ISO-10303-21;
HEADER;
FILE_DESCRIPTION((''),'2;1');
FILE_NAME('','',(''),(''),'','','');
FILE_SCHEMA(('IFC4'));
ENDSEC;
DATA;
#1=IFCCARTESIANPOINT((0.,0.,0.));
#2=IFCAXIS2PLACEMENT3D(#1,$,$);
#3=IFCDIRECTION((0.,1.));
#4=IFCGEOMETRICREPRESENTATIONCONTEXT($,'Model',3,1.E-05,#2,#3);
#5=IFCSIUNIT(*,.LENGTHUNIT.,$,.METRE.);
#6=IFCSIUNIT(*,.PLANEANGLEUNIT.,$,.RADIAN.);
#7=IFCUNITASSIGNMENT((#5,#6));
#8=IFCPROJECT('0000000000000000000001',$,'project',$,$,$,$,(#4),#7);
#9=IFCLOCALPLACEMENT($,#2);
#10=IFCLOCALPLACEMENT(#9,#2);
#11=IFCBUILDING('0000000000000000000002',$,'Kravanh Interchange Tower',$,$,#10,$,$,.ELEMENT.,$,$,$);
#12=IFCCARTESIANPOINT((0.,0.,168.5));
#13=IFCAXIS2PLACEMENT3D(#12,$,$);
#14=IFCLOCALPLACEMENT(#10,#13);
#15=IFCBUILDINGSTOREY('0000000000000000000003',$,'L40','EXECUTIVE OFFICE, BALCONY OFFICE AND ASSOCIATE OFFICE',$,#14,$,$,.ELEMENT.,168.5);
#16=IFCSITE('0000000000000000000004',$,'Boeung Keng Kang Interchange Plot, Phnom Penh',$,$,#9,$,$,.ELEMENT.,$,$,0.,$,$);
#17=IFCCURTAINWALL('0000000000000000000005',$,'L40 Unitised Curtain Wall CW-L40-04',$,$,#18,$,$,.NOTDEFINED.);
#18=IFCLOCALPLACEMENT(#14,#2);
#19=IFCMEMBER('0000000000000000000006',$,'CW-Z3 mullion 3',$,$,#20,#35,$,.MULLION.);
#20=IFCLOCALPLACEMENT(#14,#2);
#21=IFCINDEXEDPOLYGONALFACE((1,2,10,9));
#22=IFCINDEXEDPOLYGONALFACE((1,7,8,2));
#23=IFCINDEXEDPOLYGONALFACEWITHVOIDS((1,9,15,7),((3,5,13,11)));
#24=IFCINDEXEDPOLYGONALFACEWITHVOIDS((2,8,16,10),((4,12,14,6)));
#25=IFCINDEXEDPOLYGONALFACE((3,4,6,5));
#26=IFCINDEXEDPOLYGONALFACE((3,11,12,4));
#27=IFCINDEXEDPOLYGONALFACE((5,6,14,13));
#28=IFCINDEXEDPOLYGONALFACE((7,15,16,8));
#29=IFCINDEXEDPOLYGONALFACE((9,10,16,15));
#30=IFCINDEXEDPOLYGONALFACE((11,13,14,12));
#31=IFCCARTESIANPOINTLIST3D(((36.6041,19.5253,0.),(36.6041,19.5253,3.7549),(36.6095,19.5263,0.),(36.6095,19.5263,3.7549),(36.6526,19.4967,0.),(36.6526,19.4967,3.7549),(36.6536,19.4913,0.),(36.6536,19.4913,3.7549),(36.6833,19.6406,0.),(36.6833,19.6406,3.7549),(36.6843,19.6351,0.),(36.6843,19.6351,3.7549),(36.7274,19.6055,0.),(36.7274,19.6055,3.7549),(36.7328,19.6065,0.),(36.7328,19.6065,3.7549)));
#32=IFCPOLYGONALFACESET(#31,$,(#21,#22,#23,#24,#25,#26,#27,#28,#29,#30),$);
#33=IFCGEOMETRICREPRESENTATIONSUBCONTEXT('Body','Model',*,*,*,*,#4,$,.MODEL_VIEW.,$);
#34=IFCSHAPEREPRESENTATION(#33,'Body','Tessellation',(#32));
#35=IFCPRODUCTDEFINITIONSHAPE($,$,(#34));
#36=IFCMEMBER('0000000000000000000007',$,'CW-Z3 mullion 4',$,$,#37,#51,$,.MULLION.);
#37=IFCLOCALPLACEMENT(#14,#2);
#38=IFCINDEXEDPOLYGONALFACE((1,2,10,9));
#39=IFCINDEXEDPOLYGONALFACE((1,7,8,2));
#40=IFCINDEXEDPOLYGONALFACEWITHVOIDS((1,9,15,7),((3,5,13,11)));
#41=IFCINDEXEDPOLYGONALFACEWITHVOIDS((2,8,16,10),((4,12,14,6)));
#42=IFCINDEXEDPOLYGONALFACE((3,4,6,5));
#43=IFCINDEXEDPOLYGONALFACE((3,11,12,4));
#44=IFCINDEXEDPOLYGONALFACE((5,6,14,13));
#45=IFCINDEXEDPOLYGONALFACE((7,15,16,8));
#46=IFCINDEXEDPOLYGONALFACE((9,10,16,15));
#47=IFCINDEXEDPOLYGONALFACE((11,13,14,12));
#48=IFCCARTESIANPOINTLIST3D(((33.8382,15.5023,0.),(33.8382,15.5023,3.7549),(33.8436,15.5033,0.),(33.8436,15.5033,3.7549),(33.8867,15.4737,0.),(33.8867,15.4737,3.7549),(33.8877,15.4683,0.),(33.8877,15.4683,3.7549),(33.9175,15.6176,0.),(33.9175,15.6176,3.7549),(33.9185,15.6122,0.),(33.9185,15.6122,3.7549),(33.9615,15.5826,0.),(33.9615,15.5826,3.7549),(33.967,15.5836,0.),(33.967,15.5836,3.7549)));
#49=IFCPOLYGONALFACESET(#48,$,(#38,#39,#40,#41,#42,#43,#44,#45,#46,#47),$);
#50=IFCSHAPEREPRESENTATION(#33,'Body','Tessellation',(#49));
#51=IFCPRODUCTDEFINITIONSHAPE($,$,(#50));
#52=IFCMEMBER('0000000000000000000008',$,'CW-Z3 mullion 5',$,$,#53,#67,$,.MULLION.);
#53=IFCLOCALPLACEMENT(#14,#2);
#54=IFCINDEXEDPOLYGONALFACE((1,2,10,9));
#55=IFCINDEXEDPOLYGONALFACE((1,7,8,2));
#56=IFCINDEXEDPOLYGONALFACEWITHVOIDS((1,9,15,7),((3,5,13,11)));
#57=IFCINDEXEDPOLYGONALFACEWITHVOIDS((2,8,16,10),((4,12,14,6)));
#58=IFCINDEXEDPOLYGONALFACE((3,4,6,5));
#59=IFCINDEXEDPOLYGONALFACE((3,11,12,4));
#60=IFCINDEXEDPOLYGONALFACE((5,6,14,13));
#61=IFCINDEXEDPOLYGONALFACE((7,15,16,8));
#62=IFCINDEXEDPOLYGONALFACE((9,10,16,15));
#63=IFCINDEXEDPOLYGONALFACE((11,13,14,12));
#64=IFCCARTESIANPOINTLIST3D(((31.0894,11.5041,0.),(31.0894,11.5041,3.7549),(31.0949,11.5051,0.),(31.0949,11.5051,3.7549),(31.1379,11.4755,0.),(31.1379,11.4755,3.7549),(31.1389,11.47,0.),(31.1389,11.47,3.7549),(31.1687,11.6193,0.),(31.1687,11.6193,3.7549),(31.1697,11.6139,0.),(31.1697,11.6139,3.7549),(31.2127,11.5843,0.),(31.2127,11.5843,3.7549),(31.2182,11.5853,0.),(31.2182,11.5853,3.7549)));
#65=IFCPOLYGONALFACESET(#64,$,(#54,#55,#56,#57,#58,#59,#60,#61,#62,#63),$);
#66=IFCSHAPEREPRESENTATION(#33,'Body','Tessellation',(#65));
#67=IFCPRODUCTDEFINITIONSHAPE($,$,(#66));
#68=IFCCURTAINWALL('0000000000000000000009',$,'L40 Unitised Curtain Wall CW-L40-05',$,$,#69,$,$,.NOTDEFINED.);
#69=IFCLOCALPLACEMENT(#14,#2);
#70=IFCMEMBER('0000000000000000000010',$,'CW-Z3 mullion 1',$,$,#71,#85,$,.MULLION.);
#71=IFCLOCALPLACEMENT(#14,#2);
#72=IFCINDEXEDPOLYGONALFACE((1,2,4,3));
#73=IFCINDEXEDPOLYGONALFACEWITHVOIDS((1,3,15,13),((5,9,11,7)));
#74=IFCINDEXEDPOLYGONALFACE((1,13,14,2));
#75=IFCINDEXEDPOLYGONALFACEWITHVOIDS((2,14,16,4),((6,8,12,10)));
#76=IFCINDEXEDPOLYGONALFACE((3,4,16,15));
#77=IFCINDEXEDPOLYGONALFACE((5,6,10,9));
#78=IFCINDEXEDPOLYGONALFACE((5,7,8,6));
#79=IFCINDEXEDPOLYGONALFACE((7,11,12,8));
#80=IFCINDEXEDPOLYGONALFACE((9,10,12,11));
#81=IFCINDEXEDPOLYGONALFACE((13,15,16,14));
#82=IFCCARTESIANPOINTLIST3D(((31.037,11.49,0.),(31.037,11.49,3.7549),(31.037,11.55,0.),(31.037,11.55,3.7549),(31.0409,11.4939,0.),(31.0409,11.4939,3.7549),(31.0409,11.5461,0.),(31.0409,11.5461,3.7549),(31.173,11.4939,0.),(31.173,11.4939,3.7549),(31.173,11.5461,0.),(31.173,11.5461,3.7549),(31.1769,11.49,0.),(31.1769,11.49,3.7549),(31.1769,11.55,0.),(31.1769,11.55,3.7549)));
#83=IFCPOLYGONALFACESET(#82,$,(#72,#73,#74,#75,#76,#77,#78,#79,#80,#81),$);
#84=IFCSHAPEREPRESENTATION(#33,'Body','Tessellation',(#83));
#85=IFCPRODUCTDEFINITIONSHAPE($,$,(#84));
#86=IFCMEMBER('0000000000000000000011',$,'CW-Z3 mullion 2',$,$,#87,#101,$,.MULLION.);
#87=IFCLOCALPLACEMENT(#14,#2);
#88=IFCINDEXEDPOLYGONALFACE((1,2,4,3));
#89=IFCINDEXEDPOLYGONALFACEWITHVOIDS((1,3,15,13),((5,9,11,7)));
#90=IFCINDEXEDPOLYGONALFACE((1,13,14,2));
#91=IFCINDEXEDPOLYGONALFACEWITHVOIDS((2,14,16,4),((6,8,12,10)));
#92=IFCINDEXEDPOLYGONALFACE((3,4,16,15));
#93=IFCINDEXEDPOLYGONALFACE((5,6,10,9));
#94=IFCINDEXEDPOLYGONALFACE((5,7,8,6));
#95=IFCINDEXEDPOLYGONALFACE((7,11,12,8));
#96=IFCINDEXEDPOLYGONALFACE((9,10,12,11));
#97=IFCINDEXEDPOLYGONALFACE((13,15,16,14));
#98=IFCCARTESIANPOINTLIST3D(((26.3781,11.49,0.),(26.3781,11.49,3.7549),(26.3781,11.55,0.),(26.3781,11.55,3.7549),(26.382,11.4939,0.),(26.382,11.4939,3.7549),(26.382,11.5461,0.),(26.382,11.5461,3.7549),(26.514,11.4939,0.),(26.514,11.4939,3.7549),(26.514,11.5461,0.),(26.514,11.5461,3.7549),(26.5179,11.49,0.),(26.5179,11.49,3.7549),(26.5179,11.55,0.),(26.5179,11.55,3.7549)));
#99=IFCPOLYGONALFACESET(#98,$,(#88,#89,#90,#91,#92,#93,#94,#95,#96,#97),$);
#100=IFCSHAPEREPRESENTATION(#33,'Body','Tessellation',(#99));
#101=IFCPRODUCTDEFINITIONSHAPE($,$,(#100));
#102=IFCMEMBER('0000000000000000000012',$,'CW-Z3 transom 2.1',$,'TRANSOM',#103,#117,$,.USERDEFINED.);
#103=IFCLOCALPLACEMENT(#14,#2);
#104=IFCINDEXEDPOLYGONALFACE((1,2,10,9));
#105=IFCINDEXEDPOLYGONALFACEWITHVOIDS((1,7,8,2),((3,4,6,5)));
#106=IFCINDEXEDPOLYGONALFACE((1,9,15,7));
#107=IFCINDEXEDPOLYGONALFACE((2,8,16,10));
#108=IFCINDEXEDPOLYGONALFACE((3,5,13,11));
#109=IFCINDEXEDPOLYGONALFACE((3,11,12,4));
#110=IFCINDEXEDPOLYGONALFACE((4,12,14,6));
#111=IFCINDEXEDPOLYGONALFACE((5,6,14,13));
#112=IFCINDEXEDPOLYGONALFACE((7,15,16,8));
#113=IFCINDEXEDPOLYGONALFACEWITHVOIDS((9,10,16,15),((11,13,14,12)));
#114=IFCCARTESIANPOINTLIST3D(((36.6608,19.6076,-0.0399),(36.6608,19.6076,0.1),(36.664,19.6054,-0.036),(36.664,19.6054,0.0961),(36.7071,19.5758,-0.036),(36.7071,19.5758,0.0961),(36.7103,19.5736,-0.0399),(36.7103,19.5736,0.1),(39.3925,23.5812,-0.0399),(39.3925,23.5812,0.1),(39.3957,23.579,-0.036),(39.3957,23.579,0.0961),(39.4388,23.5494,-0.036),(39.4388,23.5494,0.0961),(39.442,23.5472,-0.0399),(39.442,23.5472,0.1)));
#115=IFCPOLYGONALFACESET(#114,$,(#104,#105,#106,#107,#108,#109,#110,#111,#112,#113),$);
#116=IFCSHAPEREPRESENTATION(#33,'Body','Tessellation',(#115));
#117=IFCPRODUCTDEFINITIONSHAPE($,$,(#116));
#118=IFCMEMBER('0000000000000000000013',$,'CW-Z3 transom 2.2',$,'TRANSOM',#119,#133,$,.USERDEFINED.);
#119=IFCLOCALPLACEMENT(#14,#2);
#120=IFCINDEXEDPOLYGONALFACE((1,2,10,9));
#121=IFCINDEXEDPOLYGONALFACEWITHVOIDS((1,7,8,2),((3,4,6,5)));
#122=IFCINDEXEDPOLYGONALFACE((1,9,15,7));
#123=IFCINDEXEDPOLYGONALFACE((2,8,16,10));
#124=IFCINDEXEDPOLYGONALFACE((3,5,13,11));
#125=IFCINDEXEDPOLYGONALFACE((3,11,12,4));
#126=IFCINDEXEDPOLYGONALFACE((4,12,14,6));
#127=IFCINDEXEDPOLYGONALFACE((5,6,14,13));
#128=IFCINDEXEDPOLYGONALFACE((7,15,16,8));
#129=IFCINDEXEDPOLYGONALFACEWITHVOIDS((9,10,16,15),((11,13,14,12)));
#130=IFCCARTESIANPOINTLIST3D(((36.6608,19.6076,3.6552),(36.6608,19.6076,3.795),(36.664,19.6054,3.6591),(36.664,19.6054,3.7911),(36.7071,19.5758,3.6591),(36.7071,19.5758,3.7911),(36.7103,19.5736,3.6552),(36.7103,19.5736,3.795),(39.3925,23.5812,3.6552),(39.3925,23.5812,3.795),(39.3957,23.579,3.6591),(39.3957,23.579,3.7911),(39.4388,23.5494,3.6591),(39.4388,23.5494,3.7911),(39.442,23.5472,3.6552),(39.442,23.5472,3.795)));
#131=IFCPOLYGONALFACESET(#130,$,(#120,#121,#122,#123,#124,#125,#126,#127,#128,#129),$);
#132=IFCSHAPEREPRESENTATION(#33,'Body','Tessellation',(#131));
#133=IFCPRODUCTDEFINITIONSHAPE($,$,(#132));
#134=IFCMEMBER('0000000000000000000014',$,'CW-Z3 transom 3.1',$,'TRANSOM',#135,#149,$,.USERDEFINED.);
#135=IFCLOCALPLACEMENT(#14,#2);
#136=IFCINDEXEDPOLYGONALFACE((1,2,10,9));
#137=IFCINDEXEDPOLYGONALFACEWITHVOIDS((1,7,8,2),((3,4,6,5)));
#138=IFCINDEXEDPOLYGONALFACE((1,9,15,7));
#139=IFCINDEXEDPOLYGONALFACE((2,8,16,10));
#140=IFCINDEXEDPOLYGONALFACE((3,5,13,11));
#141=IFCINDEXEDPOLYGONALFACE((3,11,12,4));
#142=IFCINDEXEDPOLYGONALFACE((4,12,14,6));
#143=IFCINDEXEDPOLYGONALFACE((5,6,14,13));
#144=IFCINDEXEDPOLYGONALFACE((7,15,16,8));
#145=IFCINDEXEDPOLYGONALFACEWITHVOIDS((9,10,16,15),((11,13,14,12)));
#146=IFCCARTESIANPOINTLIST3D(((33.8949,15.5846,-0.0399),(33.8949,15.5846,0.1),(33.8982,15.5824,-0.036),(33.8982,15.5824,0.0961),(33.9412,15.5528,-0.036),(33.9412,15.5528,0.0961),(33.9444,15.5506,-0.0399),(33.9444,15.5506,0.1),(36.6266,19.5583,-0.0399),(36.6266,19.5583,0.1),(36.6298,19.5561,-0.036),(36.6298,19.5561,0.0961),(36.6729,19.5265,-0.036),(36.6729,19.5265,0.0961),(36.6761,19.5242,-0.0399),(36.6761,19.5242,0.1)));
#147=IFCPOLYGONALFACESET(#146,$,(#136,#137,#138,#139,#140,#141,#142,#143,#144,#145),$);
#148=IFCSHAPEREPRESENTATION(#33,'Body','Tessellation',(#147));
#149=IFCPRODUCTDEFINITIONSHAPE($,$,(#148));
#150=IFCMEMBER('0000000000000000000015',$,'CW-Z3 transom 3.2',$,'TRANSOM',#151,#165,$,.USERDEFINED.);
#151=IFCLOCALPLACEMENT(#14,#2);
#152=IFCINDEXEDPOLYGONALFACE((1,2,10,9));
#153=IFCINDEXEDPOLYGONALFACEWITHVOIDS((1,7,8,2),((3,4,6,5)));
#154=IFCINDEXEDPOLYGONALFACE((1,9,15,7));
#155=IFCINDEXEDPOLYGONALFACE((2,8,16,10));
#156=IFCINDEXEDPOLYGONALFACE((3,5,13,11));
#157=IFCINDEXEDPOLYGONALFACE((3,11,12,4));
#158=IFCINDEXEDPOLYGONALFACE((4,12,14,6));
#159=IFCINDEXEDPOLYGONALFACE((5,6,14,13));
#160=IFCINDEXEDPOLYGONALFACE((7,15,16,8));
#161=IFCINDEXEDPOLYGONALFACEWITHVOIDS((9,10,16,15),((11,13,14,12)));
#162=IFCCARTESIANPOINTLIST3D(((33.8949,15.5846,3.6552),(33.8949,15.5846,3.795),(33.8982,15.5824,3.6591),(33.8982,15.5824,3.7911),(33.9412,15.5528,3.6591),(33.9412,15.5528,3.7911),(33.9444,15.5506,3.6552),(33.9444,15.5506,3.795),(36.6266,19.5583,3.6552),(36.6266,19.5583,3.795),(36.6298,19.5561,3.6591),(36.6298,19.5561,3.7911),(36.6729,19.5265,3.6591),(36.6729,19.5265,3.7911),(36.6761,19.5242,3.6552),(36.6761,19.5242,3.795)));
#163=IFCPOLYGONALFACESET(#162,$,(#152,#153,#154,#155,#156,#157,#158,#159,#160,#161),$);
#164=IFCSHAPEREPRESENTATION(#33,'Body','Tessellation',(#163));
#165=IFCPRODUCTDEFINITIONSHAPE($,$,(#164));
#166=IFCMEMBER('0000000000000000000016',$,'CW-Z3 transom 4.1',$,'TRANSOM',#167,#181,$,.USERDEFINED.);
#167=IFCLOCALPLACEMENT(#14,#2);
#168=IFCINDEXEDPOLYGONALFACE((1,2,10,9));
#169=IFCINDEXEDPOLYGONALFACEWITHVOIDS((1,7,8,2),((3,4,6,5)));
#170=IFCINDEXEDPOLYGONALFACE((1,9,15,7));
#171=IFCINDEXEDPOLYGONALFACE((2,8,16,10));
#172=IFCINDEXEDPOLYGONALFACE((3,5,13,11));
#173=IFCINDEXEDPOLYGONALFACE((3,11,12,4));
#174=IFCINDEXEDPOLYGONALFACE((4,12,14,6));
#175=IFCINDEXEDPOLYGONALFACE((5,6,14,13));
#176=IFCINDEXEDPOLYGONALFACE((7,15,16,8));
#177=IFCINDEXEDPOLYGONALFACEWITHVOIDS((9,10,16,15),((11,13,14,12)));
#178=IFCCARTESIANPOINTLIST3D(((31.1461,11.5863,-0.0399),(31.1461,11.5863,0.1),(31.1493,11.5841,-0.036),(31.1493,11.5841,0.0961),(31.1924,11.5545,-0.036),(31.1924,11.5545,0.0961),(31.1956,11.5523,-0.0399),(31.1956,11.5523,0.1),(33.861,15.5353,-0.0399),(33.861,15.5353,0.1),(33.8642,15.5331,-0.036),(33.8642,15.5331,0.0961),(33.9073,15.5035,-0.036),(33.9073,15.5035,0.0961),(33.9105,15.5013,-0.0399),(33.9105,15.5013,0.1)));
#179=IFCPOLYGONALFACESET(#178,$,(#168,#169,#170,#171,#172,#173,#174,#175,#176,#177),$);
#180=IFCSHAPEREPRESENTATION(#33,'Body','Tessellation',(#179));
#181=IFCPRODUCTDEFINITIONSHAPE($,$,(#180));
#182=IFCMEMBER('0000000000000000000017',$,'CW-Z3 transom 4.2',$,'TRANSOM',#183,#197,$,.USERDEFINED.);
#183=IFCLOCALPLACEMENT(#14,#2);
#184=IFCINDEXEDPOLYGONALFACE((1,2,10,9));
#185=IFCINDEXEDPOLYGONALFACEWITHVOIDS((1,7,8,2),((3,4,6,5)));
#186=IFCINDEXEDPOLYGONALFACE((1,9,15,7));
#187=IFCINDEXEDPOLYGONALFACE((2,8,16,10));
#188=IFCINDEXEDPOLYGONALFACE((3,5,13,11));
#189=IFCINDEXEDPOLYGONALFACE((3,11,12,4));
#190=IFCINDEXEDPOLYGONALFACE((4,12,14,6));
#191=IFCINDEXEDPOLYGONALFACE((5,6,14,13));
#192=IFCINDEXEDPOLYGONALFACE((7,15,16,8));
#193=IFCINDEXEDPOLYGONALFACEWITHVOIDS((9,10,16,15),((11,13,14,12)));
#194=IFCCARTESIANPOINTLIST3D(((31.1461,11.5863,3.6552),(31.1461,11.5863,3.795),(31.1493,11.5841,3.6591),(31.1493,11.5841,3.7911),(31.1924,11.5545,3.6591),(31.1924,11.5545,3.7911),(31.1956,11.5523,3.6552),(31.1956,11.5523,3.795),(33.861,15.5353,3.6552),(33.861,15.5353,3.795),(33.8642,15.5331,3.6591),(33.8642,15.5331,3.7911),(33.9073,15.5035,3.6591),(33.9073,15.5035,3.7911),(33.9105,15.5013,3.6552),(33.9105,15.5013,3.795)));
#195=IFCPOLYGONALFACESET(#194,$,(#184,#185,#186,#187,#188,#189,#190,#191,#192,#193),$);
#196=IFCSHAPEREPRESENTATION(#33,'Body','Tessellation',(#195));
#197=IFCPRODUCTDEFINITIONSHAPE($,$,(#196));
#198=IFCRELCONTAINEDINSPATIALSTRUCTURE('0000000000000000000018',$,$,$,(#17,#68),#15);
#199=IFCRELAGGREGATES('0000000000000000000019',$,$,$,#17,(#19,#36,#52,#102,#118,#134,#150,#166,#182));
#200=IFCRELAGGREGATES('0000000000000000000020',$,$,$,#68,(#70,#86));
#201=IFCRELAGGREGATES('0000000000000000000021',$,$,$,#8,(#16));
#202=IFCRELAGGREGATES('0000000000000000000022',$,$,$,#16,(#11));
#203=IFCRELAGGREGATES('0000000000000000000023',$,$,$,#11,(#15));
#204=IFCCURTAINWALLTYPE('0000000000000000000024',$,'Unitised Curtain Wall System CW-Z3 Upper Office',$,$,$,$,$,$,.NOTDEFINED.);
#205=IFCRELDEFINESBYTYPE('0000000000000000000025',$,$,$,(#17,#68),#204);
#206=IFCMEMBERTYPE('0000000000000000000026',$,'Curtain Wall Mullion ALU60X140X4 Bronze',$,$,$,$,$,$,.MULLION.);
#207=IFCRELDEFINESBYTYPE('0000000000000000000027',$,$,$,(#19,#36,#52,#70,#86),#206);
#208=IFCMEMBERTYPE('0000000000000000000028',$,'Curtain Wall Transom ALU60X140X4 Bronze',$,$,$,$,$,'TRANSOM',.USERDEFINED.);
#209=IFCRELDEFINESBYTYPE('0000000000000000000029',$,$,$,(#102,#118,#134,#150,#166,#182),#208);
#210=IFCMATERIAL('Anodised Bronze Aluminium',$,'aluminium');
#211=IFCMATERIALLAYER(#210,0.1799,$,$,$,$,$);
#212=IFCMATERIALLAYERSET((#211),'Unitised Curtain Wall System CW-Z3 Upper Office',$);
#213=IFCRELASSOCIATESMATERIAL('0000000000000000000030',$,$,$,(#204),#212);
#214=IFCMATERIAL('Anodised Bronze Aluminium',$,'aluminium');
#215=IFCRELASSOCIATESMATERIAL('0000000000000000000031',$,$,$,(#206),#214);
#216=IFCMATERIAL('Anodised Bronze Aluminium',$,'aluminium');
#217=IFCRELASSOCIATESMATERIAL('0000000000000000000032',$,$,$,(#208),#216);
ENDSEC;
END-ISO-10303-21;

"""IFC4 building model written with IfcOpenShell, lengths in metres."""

from ifc_helpers import new_model, si_unit, direction, frame, origin, origin_2d, place, context, subcontext, project, spatial, hollow_rectangle, extrude, material, layer, layer_set, material_profile, profile_set, type_object, element, aggregate, save


model = new_model("IFC4")

# Units and contexts
model_context = context("Model", 3, precision=1e-05, world=origin(), true_north=direction((0.0, 1.0)))
body_context = subcontext(model_context, "Body", "Model", "MODEL_VIEW")
ifc_project = project(units=[si_unit("LENGTHUNIT", "METRE"), si_unit("PLANEANGLEUNIT", "RADIAN")], contexts=[model_context])

# Site, building, storey
site_placement = place(None, origin())
site = spatial("IfcSite", under=ifc_project, at=site_placement, Name="Boeung Keng Kang Interchange Plot, Phnom Penh", CompositionType="ELEMENT", RefElevation=0.0)
building_placement = place(site_placement, origin())
building = spatial("IfcBuilding", under=site, at=building_placement, Name="Kravanh Interchange Tower", CompositionType="ELEMENT")
storey_placement = place(building_placement, frame((0.0, 0.0, 168.5)))
storey = spatial("IfcBuildingStorey", under=building, at=storey_placement, Name="L40", Description="EXECUTIVE OFFICE, BALCONY OFFICE AND ASSOCIATE OFFICE", CompositionType="ELEMENT", Elevation=168.5)

# Curtain walls, members
ifc_material_1 = material(Name="Anodised Bronze Aluminium", Category="aluminium")
ifc_layer_1 = layer(ifc_material_1, 0.1799)
ifc_layer_set_1 = layer_set([ifc_layer_1], Name="Unitised Curtain Wall System CW-Z3 Upper Office")
curtain_wall_type = type_object("IfcCurtainWallType", Name="Unitised Curtain Wall System CW-Z3 Upper Office", PredefinedType="NOTDEFINED", material=ifc_layer_set_1)
curtain_wall_1_placement = place(storey_placement, origin())
curtain_wall_1 = element("IfcCurtainWall", 1, at=curtain_wall_1_placement, inside=storey, type_object=curtain_wall_type, Name="L40 Unitised Curtain Wall CW-L40-04", PredefinedType="NOTDEFINED")
ifc_material_2 = material(Name="Anodised Bronze Aluminium", Category="aluminium")
ifc_material_profile_1 = material_profile(ifc_material_2, hollow_rectangle(XDim=0.0601, YDim=0.1399, WallThickness=0.0039, at=origin_2d()), Name="ALU60X140X4")
ifc_profile_set_1 = profile_set([ifc_material_profile_1], Name="Anodised Bronze Aluminium")
member_type_1 = type_object("IfcMemberType", Name="Curtain Wall Mullion ALU60X140X4 Bronze", PredefinedType="MULLION", material=ifc_profile_set_1)
member_1_placement = place(storey_placement, frame((36.6685, 19.5659, 0.0), z_axis=(0.0, 0.0, 1.0), x_axis=(0.824042, -0.566528, 0.0)))
member_1 = element("IfcMember", 2, at=member_1_placement, type_object=member_type_1, Name="CW-Z3 mullion 3", PredefinedType="MULLION", context=body_context, shape_type="SweptSolid", body=[
    extrude(hollow_rectangle(XDim=0.0601, YDim=0.1399, WallThickness=0.0039, at=origin_2d()), origin(), (0.0, 0.0, 1.0), 3.7549),
])
member_2_placement = place(storey_placement, frame((33.9026, 15.543, 0.0), z_axis=(0.0, 0.0, 1.0), x_axis=(0.824042, -0.566528, 0.0)))
member_2 = element("IfcMember", 3, at=member_2_placement, type_object=member_type_1, Name="CW-Z3 mullion 4", PredefinedType="MULLION", context=body_context, shape_type="SweptSolid", body=[
    extrude(hollow_rectangle(XDim=0.0601, YDim=0.1399, WallThickness=0.0039, at=origin_2d()), origin(), (0.0, 0.0, 1.0), 3.7549),
])
member_3_placement = place(storey_placement, frame((31.1538, 11.5447, 0.0), z_axis=(0.0, 0.0, 1.0), x_axis=(0.824042, -0.566528, 0.0)))
member_3 = element("IfcMember", 4, at=member_3_placement, type_object=member_type_1, Name="CW-Z3 mullion 5", PredefinedType="MULLION", context=body_context, shape_type="SweptSolid", body=[
    extrude(hollow_rectangle(XDim=0.0601, YDim=0.1399, WallThickness=0.0039, at=origin_2d()), origin(), (0.0, 0.0, 1.0), 3.7549),
])
curtain_wall_2_placement = place(storey_placement, origin())
curtain_wall_2 = element("IfcCurtainWall", 5, at=curtain_wall_2_placement, inside=storey, type_object=curtain_wall_type, Name="L40 Unitised Curtain Wall CW-L40-05", PredefinedType="NOTDEFINED")
member_4_placement = place(storey_placement, frame((31.1069, 11.52, 0.0), z_axis=(0.0, 0.0, 1.0), x_axis=(0.0, -1.0, 0.0)))
member_4 = element("IfcMember", 6, at=member_4_placement, type_object=member_type_1, Name="CW-Z3 mullion 1", PredefinedType="MULLION", context=body_context, shape_type="SweptSolid", body=[
    extrude(hollow_rectangle(XDim=0.0601, YDim=0.1399, WallThickness=0.0039, at=origin_2d()), origin(), (0.0, 0.0, 1.0), 3.7549),
])
member_5_placement = place(storey_placement, frame((26.448, 11.52, 0.0), z_axis=(0.0, 0.0, 1.0), x_axis=(0.0, -1.0, 0.0)))
member_5 = element("IfcMember", 7, at=member_5_placement, type_object=member_type_1, Name="CW-Z3 mullion 2", PredefinedType="MULLION", context=body_context, shape_type="SweptSolid", body=[
    extrude(hollow_rectangle(XDim=0.0601, YDim=0.1399, WallThickness=0.0039, at=origin_2d()), origin(), (0.0, 0.0, 1.0), 3.7549),
])

# Members
ifc_material_3 = material(Name="Anodised Bronze Aluminium", Category="aluminium")
ifc_material_profile_2 = material_profile(ifc_material_3, hollow_rectangle(XDim=0.0601, YDim=0.1399, WallThickness=0.0039, at=origin_2d()), Name="ALU60X140X4")
ifc_profile_set_2 = profile_set([ifc_material_profile_2], Name="Anodised Bronze Aluminium")
member_type_2 = type_object("IfcMemberType", Name="Curtain Wall Transom ALU60X140X4 Bronze", ElementType="TRANSOM", PredefinedType="USERDEFINED", material=ifc_profile_set_2)
member_6_placement = place(storey_placement, frame((39.4172, 23.5642, 0.03), z_axis=(-0.566503, -0.82406, 0.0), x_axis=(0.82406, -0.566503, 0.0)))
member_6 = element("IfcMember", 8, at=member_6_placement, type_object=member_type_2, Name="CW-Z3 transom 2.1", ObjectType="TRANSOM", PredefinedType="USERDEFINED", context=body_context, shape_type="SweptSolid", body=[
    extrude(hollow_rectangle(XDim=0.0601, YDim=0.1399, WallThickness=0.0039, at=origin_2d()), origin(), (0.0, 0.0, 1.0), 4.822),
])
member_7_placement = place(storey_placement, frame((39.4172, 23.5642, 3.7251), z_axis=(-0.566503, -0.82406, 0.0), x_axis=(0.82406, -0.566503, 0.0)))
member_7 = element("IfcMember", 9, at=member_7_placement, type_object=member_type_2, Name="CW-Z3 transom 2.2", ObjectType="TRANSOM", PredefinedType="USERDEFINED", context=body_context, shape_type="SweptSolid", body=[
    extrude(hollow_rectangle(XDim=0.0601, YDim=0.1399, WallThickness=0.0039, at=origin_2d()), origin(), (0.0, 0.0, 1.0), 4.822),
])
member_8_placement = place(storey_placement, frame((36.6514, 19.5413, 0.03), z_axis=(-0.566503, -0.82406, 0.0), x_axis=(0.82406, -0.566503, 0.0)))
member_8 = element("IfcMember", 10, at=member_8_placement, type_object=member_type_2, Name="CW-Z3 transom 3.1", ObjectType="TRANSOM", PredefinedType="USERDEFINED", context=body_context, shape_type="SweptSolid", body=[
    extrude(hollow_rectangle(XDim=0.0601, YDim=0.1399, WallThickness=0.0039, at=origin_2d()), origin(), (0.0, 0.0, 1.0), 4.822),
])
member_9_placement = place(storey_placement, frame((36.6514, 19.5413, 3.7251), z_axis=(-0.566503, -0.82406, 0.0), x_axis=(0.82406, -0.566503, 0.0)))
member_9 = element("IfcMember", 11, at=member_9_placement, type_object=member_type_2, Name="CW-Z3 transom 3.2", ObjectType="TRANSOM", PredefinedType="USERDEFINED", context=body_context, shape_type="SweptSolid", body=[
    extrude(hollow_rectangle(XDim=0.0601, YDim=0.1399, WallThickness=0.0039, at=origin_2d()), origin(), (0.0, 0.0, 1.0), 4.822),
])
member_10_placement = place(storey_placement, frame((33.8857, 15.5183, 0.03), z_axis=(-0.566518, -0.824049, 0.0), x_axis=(0.824049, -0.566518, 0.0)))
member_10 = element("IfcMember", 12, at=member_10_placement, type_object=member_type_2, Name="CW-Z3 transom 4.1", ObjectType="TRANSOM", PredefinedType="USERDEFINED", context=body_context, shape_type="SweptSolid", body=[
    extrude(hollow_rectangle(XDim=0.0601, YDim=0.1399, WallThickness=0.0039, at=origin_2d()), origin(), (0.0, 0.0, 1.0), 4.7922),
])
member_11_placement = place(storey_placement, frame((33.8857, 15.5183, 3.7251), z_axis=(-0.566518, -0.824049, 0.0), x_axis=(0.824049, -0.566518, 0.0)))
member_11 = element("IfcMember", 13, at=member_11_placement, type_object=member_type_2, Name="CW-Z3 transom 4.2", ObjectType="TRANSOM", PredefinedType="USERDEFINED", context=body_context, shape_type="SweptSolid", body=[
    extrude(hollow_rectangle(XDim=0.0601, YDim=0.1399, WallThickness=0.0039, at=origin_2d()), origin(), (0.0, 0.0, 1.0), 4.7922),
])

aggregate(curtain_wall_1, [member_1, member_2, member_3, member_6, member_7, member_8, member_9, member_10, member_11])
aggregate(curtain_wall_2, [member_4, member_5])

save(model, "model.ifc")
